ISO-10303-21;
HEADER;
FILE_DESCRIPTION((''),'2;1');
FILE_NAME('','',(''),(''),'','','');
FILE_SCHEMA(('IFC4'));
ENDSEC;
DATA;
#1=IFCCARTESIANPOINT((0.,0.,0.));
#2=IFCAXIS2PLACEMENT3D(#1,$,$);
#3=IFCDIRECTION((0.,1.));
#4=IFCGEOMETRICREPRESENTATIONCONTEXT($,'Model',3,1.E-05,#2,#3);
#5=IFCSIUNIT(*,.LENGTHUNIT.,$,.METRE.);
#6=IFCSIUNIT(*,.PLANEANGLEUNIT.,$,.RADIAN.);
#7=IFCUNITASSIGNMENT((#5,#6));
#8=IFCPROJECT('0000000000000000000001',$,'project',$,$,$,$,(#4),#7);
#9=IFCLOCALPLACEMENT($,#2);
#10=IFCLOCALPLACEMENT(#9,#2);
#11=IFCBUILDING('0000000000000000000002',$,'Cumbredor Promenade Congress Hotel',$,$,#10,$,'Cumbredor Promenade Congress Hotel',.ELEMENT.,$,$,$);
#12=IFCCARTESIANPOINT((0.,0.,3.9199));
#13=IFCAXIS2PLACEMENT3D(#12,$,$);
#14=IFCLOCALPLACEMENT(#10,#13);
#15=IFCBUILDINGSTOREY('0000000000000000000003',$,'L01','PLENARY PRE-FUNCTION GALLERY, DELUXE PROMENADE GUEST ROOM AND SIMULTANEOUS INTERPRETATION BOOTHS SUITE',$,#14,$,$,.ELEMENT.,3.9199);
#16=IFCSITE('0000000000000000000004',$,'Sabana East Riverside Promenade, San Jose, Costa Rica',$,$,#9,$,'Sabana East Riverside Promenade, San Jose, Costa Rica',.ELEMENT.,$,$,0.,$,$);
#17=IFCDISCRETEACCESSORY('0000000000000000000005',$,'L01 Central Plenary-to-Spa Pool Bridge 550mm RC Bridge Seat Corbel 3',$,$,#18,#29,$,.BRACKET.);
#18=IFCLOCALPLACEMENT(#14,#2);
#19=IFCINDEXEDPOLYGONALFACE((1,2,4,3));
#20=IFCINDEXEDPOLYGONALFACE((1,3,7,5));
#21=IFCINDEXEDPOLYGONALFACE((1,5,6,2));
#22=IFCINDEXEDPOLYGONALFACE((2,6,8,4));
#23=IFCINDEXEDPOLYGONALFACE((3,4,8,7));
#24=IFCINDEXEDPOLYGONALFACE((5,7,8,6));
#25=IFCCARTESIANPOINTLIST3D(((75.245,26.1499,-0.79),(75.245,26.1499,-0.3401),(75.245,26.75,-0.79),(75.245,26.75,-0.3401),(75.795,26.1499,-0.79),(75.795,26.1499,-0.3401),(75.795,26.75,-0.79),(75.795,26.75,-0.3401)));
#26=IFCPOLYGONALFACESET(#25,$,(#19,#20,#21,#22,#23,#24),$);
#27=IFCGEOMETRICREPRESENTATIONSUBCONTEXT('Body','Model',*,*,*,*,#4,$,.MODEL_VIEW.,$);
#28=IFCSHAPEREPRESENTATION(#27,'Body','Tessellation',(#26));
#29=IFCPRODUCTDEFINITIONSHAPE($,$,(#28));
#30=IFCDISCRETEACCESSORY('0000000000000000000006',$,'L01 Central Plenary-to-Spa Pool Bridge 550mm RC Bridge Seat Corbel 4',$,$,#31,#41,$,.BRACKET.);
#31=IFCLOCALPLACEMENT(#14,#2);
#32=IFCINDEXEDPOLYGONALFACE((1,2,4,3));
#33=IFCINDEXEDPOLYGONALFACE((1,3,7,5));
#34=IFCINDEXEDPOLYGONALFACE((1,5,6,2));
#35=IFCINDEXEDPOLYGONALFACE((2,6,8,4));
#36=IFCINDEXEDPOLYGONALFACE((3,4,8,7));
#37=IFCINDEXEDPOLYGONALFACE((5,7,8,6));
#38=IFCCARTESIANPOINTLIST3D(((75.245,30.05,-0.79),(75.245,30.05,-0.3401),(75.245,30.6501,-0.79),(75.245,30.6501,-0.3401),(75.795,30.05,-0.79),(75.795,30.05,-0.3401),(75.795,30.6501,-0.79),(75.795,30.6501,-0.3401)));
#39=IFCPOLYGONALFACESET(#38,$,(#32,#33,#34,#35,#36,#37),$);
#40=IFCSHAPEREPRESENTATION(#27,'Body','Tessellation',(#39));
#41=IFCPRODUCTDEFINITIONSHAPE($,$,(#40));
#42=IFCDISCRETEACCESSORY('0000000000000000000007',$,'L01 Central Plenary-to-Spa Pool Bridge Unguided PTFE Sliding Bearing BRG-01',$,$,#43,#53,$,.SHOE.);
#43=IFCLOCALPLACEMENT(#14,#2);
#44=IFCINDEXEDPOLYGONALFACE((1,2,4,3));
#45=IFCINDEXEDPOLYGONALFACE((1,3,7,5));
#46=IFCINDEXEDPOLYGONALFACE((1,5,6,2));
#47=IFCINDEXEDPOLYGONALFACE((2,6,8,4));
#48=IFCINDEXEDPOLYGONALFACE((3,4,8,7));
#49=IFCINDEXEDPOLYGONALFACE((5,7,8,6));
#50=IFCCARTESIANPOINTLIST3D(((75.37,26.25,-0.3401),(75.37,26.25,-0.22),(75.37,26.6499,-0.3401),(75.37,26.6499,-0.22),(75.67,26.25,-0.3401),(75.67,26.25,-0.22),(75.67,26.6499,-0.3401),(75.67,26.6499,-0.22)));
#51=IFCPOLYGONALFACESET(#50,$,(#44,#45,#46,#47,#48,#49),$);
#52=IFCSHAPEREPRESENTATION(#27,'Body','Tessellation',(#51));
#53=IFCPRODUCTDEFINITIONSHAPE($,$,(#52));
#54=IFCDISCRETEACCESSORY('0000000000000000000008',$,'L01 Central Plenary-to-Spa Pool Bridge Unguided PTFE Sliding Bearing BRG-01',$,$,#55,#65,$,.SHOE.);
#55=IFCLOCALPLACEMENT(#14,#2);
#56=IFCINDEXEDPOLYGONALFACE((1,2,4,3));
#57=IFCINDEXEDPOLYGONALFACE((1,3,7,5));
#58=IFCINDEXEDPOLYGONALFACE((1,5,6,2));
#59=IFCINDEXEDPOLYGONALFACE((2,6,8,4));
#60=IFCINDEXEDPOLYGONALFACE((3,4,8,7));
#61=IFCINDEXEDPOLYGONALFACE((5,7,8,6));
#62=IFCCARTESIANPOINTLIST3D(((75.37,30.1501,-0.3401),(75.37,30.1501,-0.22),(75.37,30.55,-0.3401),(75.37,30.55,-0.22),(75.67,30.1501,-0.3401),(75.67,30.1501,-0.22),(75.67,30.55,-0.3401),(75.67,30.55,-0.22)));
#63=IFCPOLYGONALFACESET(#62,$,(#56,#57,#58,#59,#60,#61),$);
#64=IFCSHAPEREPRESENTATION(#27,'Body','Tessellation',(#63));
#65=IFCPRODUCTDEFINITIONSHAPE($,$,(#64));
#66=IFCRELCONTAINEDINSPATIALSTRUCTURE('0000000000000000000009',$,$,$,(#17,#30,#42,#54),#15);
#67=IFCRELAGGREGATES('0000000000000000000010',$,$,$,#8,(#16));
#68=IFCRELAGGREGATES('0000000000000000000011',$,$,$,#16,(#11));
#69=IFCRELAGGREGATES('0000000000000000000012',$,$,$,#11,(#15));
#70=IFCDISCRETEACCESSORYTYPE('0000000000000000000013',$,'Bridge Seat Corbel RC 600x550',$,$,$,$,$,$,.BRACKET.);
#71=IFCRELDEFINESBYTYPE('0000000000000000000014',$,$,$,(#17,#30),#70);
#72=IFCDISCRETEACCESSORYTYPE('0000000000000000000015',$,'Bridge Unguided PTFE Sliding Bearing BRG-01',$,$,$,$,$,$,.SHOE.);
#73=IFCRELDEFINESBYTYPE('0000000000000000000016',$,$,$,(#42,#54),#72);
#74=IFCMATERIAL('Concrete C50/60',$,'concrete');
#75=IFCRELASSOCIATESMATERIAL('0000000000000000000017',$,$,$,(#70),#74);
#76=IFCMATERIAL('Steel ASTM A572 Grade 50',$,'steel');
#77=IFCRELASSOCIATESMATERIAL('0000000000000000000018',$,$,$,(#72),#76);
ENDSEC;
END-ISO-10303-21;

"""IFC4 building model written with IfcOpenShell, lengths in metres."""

from ifc_helpers import new_model, si_unit, direction, frame, origin, origin_2d, place, context, subcontext, project, spatial, rectangle, extrude, material, type_object, element, save


model = new_model("IFC4")

# Units and contexts
model_context = context("Model", 3, precision=1e-05, world=origin(), true_north=direction((0.0, 1.0)))
body_context = subcontext(model_context, "Body", "Model", "MODEL_VIEW")
ifc_project = project(units=[si_unit("LENGTHUNIT", "METRE"), si_unit("PLANEANGLEUNIT", "RADIAN")], contexts=[model_context])

# Site, building, storey
site_placement = place(None, origin())
site = spatial("IfcSite", under=ifc_project, at=site_placement, Name="Sabana East Riverside Promenade, San Jose, Costa Rica", LongName="Sabana East Riverside Promenade, San Jose, Costa Rica", CompositionType="ELEMENT", RefElevation=0.0)
building_placement = place(site_placement, origin())
building = spatial("IfcBuilding", under=site, at=building_placement, Name="Cumbredor Promenade Congress Hotel", LongName="Cumbredor Promenade Congress Hotel", CompositionType="ELEMENT")
storey_placement = place(building_placement, frame((0.0, 0.0, 3.9199)))
storey = spatial("IfcBuildingStorey", under=building, at=storey_placement, Name="L01", Description="PLENARY PRE-FUNCTION GALLERY, DELUXE PROMENADE GUEST ROOM AND SIMULTANEOUS INTERPRETATION BOOTHS SUITE", CompositionType="ELEMENT", Elevation=3.9199)

# Shared definitions
ifc_material_1 = material(Name="Steel ASTM A572 Grade 50", Category="steel")

# Discrete accessories
ifc_material_2 = material(Name="Concrete C50/60", Category="concrete")
discrete_accessory_type_1 = type_object("IfcDiscreteAccessoryType", Name="Bridge Seat Corbel RC 600x550", PredefinedType="BRACKET", material=ifc_material_2)
for number, where, z_axis, x_axis, name in (
    (1, (75.52, 26.45, -0.79), (0.0, 0.0, 1.0), (1.0, 0.0, 0.0), "L01 Central Plenary-to-Spa Pool Bridge 550mm RC Bridge Seat Corbel 3"),
    (2, (75.52, 30.3501, -0.79), (0.0, 0.0, 1.0), (1.0, 0.0, 0.0), "L01 Central Plenary-to-Spa Pool Bridge 550mm RC Bridge Seat Corbel 4"),
):
    element("IfcDiscreteAccessory", number, at=place(storey_placement, frame(where, z_axis=z_axis, x_axis=x_axis)), inside=storey, type_object=discrete_accessory_type_1, Name=name, PredefinedType="BRACKET", context=body_context, shape_type="SweptSolid", body=[
        extrude(rectangle(XDim=0.55, YDim=0.6001, at=origin_2d()), origin(), (0.0, 0.0, 1.0), 0.45),
    ])
discrete_accessory_type_2 = type_object("IfcDiscreteAccessoryType", Name="Bridge Unguided PTFE Sliding Bearing BRG-01", PredefinedType="SHOE", material=ifc_material_1)
for number, where, z_axis, x_axis, name in (
    (3, (75.52, 26.45, -0.3401), (0.0, 0.0, 1.0), (1.0, 0.0, 0.0), "L01 Central Plenary-to-Spa Pool Bridge Unguided PTFE Sliding Bearing BRG-01"),
    (4, (75.52, 30.3501, -0.3401), (0.0, 0.0, 1.0), (1.0, 0.0, 0.0), "L01 Central Plenary-to-Spa Pool Bridge Unguided PTFE Sliding Bearing BRG-01"),
):
    element("IfcDiscreteAccessory", number, at=place(storey_placement, frame(where, z_axis=z_axis, x_axis=x_axis)), inside=storey, type_object=discrete_accessory_type_2, Name=name, PredefinedType="SHOE", context=body_context, shape_type="SweptSolid", body=[
        extrude(rectangle(XDim=0.3, YDim=0.3999, at=origin_2d()), origin(), (0.0, 0.0, 1.0), 0.1201),
    ])

save(model, "model.ifc")
